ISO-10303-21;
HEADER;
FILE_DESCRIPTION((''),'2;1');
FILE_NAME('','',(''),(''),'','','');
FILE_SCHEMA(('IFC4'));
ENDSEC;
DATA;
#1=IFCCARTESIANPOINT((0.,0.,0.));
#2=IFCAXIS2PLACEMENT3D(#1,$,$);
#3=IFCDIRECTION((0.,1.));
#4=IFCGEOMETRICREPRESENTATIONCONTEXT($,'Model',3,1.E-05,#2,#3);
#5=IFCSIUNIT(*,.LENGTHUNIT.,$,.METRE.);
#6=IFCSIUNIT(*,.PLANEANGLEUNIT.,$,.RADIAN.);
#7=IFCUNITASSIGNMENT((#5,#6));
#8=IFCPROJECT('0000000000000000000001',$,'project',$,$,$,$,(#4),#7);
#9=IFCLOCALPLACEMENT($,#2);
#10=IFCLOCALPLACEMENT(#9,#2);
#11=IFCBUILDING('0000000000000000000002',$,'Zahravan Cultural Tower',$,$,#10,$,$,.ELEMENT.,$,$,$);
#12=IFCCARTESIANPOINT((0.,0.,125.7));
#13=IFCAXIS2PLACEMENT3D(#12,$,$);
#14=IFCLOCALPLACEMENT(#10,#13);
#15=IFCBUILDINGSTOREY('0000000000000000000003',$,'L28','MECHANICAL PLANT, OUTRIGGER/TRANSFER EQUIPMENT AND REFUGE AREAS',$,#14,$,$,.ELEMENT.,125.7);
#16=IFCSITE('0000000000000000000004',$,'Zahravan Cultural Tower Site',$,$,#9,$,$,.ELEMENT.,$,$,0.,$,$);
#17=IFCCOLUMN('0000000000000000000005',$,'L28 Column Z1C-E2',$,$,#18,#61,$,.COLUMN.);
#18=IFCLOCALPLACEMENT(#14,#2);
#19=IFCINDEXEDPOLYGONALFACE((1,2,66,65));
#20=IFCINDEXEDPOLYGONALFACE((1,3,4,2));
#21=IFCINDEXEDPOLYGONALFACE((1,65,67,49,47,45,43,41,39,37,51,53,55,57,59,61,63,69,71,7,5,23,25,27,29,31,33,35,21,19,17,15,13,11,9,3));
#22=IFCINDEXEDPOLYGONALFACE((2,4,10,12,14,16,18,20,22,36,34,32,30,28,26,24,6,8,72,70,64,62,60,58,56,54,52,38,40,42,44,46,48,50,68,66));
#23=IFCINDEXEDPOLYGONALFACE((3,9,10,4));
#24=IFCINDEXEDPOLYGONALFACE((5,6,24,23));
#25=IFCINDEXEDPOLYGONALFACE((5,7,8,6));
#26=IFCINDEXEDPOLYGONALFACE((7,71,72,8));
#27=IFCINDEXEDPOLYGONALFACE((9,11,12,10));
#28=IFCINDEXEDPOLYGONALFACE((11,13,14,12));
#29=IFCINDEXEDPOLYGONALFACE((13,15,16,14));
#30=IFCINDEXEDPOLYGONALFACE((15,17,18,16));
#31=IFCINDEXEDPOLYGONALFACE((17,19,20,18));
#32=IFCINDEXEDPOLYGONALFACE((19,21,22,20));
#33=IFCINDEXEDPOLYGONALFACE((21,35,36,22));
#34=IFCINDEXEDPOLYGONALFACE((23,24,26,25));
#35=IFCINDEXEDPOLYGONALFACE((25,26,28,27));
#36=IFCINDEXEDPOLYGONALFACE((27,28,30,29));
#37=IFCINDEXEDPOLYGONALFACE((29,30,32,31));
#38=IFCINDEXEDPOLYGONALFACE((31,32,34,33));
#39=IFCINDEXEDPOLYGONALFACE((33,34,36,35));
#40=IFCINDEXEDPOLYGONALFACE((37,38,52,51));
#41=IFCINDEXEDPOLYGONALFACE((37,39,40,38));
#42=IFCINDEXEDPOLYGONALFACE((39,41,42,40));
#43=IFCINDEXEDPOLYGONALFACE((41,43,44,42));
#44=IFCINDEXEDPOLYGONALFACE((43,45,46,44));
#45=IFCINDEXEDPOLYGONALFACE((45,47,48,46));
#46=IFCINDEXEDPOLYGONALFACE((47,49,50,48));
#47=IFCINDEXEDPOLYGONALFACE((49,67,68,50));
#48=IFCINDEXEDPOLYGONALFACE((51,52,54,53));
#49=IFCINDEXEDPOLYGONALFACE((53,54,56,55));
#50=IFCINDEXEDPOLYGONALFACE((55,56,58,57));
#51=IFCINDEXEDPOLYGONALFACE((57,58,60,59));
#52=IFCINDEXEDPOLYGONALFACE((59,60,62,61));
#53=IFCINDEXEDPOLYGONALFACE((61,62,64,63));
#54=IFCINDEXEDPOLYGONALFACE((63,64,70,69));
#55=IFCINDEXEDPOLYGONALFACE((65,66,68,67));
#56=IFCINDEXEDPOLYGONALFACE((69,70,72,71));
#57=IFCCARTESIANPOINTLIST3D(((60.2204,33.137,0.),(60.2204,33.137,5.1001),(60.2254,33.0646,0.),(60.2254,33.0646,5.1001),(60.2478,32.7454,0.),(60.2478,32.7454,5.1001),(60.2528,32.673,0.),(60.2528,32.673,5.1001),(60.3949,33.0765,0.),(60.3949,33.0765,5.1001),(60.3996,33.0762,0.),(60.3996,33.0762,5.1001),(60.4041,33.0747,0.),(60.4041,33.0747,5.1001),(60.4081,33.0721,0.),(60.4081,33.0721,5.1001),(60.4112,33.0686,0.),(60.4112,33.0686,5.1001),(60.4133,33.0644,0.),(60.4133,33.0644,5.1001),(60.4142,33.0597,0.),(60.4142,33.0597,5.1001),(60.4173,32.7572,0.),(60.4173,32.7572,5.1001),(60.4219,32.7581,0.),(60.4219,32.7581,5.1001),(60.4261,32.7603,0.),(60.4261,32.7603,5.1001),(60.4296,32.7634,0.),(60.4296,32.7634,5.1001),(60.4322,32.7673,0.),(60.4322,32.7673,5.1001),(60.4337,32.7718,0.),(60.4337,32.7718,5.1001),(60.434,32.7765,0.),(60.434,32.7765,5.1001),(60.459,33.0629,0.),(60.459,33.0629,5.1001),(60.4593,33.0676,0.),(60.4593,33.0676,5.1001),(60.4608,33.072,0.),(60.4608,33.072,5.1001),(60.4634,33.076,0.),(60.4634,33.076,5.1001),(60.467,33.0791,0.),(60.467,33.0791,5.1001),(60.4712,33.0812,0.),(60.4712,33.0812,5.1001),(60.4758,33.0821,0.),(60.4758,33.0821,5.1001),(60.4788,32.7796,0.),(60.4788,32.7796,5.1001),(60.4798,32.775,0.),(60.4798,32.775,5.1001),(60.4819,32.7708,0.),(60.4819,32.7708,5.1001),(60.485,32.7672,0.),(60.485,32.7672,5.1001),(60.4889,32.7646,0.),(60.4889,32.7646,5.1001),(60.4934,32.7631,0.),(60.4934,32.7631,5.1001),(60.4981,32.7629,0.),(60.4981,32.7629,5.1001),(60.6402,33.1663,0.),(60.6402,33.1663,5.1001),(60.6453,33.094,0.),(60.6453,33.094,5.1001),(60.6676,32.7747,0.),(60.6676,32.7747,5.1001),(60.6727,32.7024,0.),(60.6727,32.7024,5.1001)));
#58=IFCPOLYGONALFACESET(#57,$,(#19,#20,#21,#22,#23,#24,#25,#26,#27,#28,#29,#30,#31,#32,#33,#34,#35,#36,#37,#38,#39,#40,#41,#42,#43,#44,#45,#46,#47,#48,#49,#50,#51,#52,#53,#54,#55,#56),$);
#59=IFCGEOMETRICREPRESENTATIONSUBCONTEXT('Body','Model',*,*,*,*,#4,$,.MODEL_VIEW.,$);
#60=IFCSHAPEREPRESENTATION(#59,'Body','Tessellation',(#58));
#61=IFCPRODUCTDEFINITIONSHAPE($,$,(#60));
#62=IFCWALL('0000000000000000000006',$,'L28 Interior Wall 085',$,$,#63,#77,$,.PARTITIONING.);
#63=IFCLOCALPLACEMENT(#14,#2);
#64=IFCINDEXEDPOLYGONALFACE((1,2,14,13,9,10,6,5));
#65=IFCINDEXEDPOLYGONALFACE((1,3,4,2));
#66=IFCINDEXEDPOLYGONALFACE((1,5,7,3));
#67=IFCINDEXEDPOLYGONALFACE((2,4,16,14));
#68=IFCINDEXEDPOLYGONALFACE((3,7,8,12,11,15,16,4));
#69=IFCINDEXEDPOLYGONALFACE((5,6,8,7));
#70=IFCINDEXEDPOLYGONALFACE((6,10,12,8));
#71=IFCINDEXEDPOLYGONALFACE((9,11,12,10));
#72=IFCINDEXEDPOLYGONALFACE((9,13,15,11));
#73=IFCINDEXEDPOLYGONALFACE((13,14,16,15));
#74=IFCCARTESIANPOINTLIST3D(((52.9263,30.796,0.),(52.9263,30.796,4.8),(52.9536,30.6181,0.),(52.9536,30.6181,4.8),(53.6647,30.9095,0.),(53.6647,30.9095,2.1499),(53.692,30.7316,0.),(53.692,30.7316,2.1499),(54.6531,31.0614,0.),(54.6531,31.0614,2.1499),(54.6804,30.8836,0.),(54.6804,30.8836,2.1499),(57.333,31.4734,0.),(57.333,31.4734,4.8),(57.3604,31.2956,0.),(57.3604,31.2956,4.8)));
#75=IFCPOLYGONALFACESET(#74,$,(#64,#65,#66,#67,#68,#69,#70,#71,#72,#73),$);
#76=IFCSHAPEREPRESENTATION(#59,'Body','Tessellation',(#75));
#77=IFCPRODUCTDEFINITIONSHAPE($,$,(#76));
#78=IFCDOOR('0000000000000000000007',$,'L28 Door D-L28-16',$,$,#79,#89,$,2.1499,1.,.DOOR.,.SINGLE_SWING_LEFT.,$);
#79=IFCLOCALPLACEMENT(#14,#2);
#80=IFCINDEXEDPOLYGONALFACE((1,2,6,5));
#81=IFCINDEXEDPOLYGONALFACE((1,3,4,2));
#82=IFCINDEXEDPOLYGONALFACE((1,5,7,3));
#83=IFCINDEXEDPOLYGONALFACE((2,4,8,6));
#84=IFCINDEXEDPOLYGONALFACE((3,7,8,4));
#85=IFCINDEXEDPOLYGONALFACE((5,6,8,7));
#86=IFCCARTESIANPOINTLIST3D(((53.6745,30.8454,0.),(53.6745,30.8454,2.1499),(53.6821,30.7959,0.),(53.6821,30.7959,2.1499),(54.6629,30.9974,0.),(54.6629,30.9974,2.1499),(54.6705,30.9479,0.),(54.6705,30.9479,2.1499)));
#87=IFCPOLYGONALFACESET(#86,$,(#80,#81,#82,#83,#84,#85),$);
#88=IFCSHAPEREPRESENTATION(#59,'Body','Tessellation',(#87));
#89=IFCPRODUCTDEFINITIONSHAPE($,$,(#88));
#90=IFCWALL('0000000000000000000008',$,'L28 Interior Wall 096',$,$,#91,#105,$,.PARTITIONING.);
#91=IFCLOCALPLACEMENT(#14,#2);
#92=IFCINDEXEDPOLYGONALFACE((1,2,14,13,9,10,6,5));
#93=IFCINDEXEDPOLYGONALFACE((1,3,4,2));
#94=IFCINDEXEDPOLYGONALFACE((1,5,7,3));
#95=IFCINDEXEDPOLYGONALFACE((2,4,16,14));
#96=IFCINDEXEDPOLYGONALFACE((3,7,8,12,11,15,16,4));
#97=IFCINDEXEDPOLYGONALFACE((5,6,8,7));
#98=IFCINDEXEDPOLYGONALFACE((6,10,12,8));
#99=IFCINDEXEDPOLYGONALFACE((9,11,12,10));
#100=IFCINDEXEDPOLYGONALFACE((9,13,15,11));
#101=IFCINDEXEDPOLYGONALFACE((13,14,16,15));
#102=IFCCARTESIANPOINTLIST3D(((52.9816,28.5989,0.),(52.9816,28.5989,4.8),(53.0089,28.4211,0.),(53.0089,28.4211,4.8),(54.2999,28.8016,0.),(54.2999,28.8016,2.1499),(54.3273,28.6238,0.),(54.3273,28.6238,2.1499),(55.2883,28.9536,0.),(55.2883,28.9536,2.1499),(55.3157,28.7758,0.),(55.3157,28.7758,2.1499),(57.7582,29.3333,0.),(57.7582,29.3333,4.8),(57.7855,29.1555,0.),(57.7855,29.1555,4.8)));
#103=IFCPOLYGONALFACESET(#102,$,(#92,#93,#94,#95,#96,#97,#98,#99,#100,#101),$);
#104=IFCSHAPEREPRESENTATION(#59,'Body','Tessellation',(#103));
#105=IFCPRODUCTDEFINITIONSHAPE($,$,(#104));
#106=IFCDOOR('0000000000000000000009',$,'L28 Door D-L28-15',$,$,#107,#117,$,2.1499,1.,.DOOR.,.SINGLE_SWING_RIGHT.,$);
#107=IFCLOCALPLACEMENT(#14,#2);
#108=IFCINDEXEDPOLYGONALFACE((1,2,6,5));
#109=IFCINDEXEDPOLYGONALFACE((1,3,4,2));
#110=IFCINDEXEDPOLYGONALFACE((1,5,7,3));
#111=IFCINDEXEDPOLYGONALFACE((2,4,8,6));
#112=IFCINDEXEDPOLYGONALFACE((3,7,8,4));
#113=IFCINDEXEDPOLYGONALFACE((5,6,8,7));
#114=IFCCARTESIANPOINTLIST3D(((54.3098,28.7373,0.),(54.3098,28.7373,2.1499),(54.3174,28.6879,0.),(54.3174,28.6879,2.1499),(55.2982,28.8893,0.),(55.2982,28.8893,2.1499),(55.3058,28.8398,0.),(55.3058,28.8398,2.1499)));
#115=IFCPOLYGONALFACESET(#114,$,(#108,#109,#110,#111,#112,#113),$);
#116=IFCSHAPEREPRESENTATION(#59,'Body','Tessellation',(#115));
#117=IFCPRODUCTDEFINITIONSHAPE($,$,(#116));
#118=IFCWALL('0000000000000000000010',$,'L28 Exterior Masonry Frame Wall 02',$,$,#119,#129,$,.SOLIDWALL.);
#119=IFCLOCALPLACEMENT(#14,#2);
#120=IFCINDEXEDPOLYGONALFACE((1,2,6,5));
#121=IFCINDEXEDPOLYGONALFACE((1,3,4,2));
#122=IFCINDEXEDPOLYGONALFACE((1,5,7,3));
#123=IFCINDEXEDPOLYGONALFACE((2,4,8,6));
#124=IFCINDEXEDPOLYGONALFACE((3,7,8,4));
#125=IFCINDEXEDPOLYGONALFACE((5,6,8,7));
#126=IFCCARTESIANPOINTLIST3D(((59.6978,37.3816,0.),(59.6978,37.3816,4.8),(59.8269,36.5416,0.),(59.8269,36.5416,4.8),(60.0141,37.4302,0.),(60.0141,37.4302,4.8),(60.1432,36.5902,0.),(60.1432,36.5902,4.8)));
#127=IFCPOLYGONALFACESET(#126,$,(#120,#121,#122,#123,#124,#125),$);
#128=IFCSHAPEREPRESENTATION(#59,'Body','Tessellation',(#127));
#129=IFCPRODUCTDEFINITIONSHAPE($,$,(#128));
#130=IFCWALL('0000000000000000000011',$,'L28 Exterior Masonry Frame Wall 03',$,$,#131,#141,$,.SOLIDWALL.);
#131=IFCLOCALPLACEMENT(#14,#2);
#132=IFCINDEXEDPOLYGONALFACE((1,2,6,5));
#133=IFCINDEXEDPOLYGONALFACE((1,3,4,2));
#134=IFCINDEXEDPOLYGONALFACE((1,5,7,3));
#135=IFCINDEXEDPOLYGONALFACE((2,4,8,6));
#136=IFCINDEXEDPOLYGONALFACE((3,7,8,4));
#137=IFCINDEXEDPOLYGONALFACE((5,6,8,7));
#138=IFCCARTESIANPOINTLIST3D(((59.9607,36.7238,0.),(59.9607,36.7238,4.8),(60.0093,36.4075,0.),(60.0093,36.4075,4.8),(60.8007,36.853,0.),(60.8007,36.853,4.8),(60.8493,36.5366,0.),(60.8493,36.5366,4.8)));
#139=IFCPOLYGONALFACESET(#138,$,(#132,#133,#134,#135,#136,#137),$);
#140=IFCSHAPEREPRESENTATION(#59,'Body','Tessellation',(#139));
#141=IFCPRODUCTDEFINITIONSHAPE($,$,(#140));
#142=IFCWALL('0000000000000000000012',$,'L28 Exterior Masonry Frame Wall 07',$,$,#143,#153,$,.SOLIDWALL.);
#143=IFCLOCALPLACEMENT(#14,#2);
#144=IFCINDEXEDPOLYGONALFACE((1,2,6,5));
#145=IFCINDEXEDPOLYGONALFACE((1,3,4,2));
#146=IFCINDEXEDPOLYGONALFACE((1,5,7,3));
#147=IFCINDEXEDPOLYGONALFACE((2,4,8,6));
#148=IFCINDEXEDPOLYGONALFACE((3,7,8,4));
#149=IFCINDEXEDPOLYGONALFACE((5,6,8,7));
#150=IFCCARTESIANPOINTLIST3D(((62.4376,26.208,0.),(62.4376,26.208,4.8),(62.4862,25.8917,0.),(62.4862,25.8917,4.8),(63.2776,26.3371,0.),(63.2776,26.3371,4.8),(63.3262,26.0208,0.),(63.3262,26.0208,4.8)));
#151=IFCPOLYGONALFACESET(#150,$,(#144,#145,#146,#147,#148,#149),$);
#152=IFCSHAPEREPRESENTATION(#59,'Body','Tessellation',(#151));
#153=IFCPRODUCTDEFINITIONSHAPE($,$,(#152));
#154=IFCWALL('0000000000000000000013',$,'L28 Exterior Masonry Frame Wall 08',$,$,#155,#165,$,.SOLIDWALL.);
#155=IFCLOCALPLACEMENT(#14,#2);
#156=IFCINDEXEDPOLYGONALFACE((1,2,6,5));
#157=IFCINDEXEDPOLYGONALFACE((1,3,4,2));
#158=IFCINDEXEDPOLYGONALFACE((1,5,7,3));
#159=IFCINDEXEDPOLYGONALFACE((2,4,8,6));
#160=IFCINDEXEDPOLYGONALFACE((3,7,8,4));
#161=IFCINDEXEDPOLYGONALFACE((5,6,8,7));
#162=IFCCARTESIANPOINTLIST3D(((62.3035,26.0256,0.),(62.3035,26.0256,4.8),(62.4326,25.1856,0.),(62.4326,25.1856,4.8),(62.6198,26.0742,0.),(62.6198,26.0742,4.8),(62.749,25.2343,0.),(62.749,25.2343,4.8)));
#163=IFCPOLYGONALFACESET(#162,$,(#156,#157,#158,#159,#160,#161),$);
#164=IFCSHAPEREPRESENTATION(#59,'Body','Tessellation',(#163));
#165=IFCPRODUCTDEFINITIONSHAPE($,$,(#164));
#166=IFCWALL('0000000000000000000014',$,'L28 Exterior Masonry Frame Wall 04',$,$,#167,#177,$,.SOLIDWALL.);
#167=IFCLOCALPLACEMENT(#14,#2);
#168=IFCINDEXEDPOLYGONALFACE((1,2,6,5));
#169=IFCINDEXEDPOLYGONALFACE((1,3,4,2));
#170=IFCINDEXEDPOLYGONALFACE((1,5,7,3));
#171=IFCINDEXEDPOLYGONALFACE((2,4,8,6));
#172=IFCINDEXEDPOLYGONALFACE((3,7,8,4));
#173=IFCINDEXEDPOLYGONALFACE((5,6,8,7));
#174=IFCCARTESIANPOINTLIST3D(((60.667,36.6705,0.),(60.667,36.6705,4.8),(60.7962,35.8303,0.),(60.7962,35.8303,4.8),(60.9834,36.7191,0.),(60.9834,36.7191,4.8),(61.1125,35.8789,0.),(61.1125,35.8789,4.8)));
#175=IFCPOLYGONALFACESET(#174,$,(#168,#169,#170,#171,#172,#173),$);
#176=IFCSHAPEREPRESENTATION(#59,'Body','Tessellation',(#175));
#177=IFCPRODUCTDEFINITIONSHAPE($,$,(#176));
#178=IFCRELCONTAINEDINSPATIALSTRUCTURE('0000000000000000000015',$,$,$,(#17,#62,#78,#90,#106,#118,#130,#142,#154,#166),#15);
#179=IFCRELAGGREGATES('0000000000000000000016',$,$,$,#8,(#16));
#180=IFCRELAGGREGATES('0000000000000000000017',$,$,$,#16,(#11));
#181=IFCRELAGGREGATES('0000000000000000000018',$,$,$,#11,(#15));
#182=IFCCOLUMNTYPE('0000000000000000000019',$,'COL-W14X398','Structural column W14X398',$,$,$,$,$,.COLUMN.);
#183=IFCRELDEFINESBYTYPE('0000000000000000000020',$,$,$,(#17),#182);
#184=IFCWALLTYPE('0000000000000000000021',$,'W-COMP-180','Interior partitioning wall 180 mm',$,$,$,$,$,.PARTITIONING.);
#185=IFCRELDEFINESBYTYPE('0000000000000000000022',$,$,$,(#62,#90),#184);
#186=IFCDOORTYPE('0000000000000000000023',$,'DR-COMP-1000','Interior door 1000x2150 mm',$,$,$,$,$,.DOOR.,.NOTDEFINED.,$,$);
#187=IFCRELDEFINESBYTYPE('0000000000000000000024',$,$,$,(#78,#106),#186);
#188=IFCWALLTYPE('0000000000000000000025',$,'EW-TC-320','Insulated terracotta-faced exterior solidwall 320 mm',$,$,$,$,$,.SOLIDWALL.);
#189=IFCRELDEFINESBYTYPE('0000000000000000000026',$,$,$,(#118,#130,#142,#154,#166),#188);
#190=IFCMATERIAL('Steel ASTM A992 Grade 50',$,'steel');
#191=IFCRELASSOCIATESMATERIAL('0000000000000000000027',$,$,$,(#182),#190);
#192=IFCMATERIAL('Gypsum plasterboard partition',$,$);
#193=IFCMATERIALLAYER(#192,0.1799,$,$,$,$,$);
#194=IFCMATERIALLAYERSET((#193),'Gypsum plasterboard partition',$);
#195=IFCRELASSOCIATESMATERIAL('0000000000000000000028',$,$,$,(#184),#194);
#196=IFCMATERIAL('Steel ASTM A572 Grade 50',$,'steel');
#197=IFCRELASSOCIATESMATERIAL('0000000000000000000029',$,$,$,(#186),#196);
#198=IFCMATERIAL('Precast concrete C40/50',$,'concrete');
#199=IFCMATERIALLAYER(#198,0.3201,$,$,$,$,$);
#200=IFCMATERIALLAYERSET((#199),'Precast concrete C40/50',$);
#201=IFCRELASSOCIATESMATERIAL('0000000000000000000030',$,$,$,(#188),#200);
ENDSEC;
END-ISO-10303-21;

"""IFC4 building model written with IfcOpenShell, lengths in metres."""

from ifc_helpers import new_model, si_unit, direction, frame, frame_2d, origin, origin_2d, place, context, subcontext, project, spatial, rectangle, i_section, extrude, source, transform, mapped, material, layer, layer_set, material_profile, profile_set, type_object, element, fill, save


model = new_model("IFC4")

# Units and contexts
model_context = context("Model", 3, precision=1e-05, world=origin(), true_north=direction((0.0, 1.0)))
body_context = subcontext(model_context, "Body", "Model", "MODEL_VIEW")
ifc_project = project(units=[si_unit("LENGTHUNIT", "METRE"), si_unit("PLANEANGLEUNIT", "RADIAN")], contexts=[model_context])

# Site, building, storey
site_placement = place(None, origin())
site = spatial("IfcSite", under=ifc_project, at=site_placement, Name="Zahravan Cultural Tower Site", CompositionType="ELEMENT", RefElevation=0.0)
building_placement = place(site_placement, origin())
building = spatial("IfcBuilding", under=site, at=building_placement, Name="Zahravan Cultural Tower", CompositionType="ELEMENT")
storey_placement = place(building_placement, frame((0.0, 0.0, 125.7)))
storey = spatial("IfcBuildingStorey", under=building, at=storey_placement, Name="L28", Description="MECHANICAL PLANT, OUTRIGGER/TRANSFER EQUIPMENT AND REFUGE AREAS", CompositionType="ELEMENT", Elevation=125.7)

# Column
ifc_material_1 = material(Name="Steel ASTM A992 Grade 50", Category="steel")
ifc_material_profile = material_profile(ifc_material_1, i_section(OverallWidth=0.4209, OverallDepth=0.4651, WebThickness=0.0449, FlangeThickness=0.0725, FilletRadius=0.0181, at=origin_2d()), Name="W14X398")
ifc_profile_set = profile_set([ifc_material_profile], Name="Steel ASTM A992 Grade 50")
column_type = type_object("IfcColumnType", Name="COL-W14X398", Description="Structural column W14X398", PredefinedType="COLUMN", material=ifc_profile_set)
shared_shape_1 = source(origin(), body_context, "Body", "SweptSolid", [
    extrude(i_section(OverallWidth=0.4209, OverallDepth=0.4651, WebThickness=0.0449, FlangeThickness=0.0725, FilletRadius=0.0181, at=origin_2d()), origin(), (0.0, 0.0, 1.0), 5.1001),
])
column_placement = place(storey_placement, frame((60.4465, 32.9197, 0.0), z_axis=(0.0, 0.0, 1.0), x_axis=(0.997564, 0.069756, 0.0)))
element("IfcColumn", 1, at=column_placement, inside=storey, type_object=column_type, Name="L28 Column Z1C-E2", PredefinedType="COLUMN", context=body_context, shape_type="MappedRepresentation", body=[
    mapped(shared_shape_1, transform((0.0, 0.0, 0.0), x_axis=(1.0, 0.0, 0.0), y_axis=(0.0, 1.0, 0.0), z_axis=(0.0, 0.0, 1.0), scale=1.0)),
])

# Walls, openings, doors
ifc_material_2 = material(Name="Gypsum plasterboard partition")
ifc_layer_1 = layer(ifc_material_2, 0.1799)
ifc_layer_set_1 = layer_set([ifc_layer_1], Name="Gypsum plasterboard partition")
wall_type_1 = type_object("IfcWallType", Name="W-COMP-180", Description="Interior partitioning wall 180 mm", PredefinedType="PARTITIONING", material=ifc_layer_set_1)
wall_1_placement = place(storey_placement, frame((57.3467, 31.3845, 0.0), z_axis=(0.0, 0.0, 1.0), x_axis=(-0.988388, -0.151954, 0.0)))
wall_1 = element("IfcWall", 2, at=wall_1_placement, inside=storey, type_object=wall_type_1, Name="L28 Interior Wall 085", PredefinedType="PARTITIONING", context=body_context, shape_type="SweptSolid", body=[
    extrude(rectangle(XDim=4.4585, YDim=0.1799, at=frame_2d((2.2292, 0.0))), origin(), (0.0, 0.0, 1.0), 4.8),
])
opening_1_placement = place(wall_1_placement, frame((2.7114, 0.0, 0.0)))
opening_1 = element("IfcOpeningElement", 3, at=opening_1_placement, cuts=wall_1, PredefinedType="OPENING", context=body_context, shape_type="SweptSolid", body=[
    extrude(rectangle(XDim=1.0, YDim=2.1499, at=frame_2d((0.5, 1.075))), frame((0.0, 0.0999, 0.0), z_axis=(0.0, -1.0, 0.0), x_axis=(1.0, 0.0, 0.0)), (0.0, 0.0, 1.0), 0.2),
])
ifc_material_3 = material(Name="Steel ASTM A572 Grade 50", Category="steel")
door_type = type_object("IfcDoorType", Name="DR-COMP-1000", Description="Interior door 1000x2150 mm", OperationType="NOTDEFINED", PredefinedType="DOOR", material=ifc_material_3)
shared_shape_2 = source(origin(), body_context, "Body", "SweptSolid", [
    extrude(rectangle(XDim=1.0, YDim=2.1499, at=frame_2d((0.5, 1.075))), frame((0.0, 0.0249, 0.0), z_axis=(0.0, -1.0, 0.0), x_axis=(1.0, 0.0, 0.0)), (0.0, 0.0, 1.0), 0.05),
])
door_1_placement = place(opening_1_placement, origin())
door_1 = element("IfcDoor", 4, at=door_1_placement, inside=storey, type_object=door_type, Name="L28 Door D-L28-16", OperationType="SINGLE_SWING_LEFT", OverallHeight=2.1499, OverallWidth=1.0, PredefinedType="DOOR", context=body_context, shape_type="MappedRepresentation", body=[
    mapped(shared_shape_2, transform((0.0, 0.0, 0.0), x_axis=(1.0, 0.0, 0.0), y_axis=(0.0, 1.0, 0.0), z_axis=(0.0, 0.0, 1.0), scale=1.0)),
])
fill(opening_1, door_1)
wall_2_placement = place(storey_placement, frame((52.9951, 28.51, 0.0), z_axis=(0.0, 0.0, 1.0), x_axis=(0.988387, 0.151958, 0.0)))
wall_2 = element("IfcWall", 5, at=wall_2_placement, inside=storey, type_object=wall_type_1, Name="L28 Interior Wall 096", PredefinedType="PARTITIONING", context=body_context, shape_type="SweptSolid", body=[
    extrude(rectangle(XDim=4.8328, YDim=0.1799, at=frame_2d((2.4165, 0.0))), origin(), (0.0, 0.0, 1.0), 4.8),
])
opening_2_placement = place(wall_2_placement, frame((1.334, 0.0, 0.0)))
opening_2 = element("IfcOpeningElement", 6, at=opening_2_placement, cuts=wall_2, PredefinedType="OPENING", context=body_context, shape_type="SweptSolid", body=[
    extrude(rectangle(XDim=1.0, YDim=2.1499, at=frame_2d((0.5, 1.075))), frame((0.0, 0.0999, 0.0), z_axis=(0.0, -1.0, 0.0), x_axis=(1.0, 0.0, 0.0)), (0.0, 0.0, 1.0), 0.2),
])
door_2_placement = place(opening_2_placement, origin())
door_2 = element("IfcDoor", 7, at=door_2_placement, inside=storey, type_object=door_type, Name="L28 Door D-L28-15", OperationType="SINGLE_SWING_RIGHT", OverallHeight=2.1499, OverallWidth=1.0, PredefinedType="DOOR", context=body_context, shape_type="MappedRepresentation", body=[
    mapped(shared_shape_2, transform((0.0, 0.0, 0.0), x_axis=(1.0, 0.0, 0.0), y_axis=(0.0, 1.0, 0.0), z_axis=(0.0, 0.0, 1.0), scale=1.0)),
])
fill(opening_2, door_2)

# Walls
ifc_material_4 = material(Name="Precast concrete C40/50", Category="concrete")
ifc_layer_2 = layer(ifc_material_4, 0.3201)
ifc_layer_set_2 = layer_set([ifc_layer_2], Name="Precast concrete C40/50")
wall_type_2 = type_object("IfcWallType", Name="EW-TC-320", Description="Insulated terracotta-faced exterior solidwall 320 mm", PredefinedType="SOLIDWALL", material=ifc_layer_set_2)
shared_shape_3 = source(origin(), body_context, "Body", "SweptSolid", [
    extrude(rectangle(XDim=0.8499, YDim=0.3201, at=frame_2d((0.4248, 0.0))), origin(), (0.0, 0.0, 1.0), 4.8),
])
for number, where, z_axis, x_axis, name in (
    (8, (59.856, 37.4058, 0.0), (0.0, 0.0, 1.0), (0.151949, -0.988388, 0.0), "L28 Exterior Masonry Frame Wall 02"),
    (9, (59.9851, 36.5657, 0.0), (0.0, 0.0, 1.0), (0.988388, 0.151949, 0.0), "L28 Exterior Masonry Frame Wall 03"),
    (10, (63.3018, 26.179, 0.0), (0.0, 0.0, 1.0), (-0.988388, -0.151949, 0.0), "L28 Exterior Masonry Frame Wall 07"),
    (11, (62.4617, 26.0498, 0.0), (0.0, 0.0, 1.0), (0.151949, -0.988388, 0.0), "L28 Exterior Masonry Frame Wall 08"),
):
    element("IfcWall", number, at=place(storey_placement, frame(where, z_axis=z_axis, x_axis=x_axis)), inside=storey, type_object=wall_type_2, Name=name, PredefinedType="SOLIDWALL", context=body_context, shape_type="MappedRepresentation", body=[
        mapped(shared_shape_3, transform((0.0, 0.0, 0.0), x_axis=(1.0, 0.0, 0.0), y_axis=(0.0, 1.0, 0.0), z_axis=(0.0, 0.0, 1.0), scale=1.0)),
    ])
shared_shape_4 = source(origin(), body_context, "Body", "SweptSolid", [
    extrude(rectangle(XDim=0.8501, YDim=0.3201, at=frame_2d((0.425, 0.0))), origin(), (0.0, 0.0, 1.0), 4.8),
])
for number, where, z_axis, x_axis, name in (
    (12, (60.8252, 36.6948, 0.0), (0.0, 0.0, 1.0), (0.151906, -0.988395, 0.0), "L28 Exterior Masonry Frame Wall 04"),
):
    element("IfcWall", number, at=place(storey_placement, frame(where, z_axis=z_axis, x_axis=x_axis)), inside=storey, type_object=wall_type_2, Name=name, PredefinedType="SOLIDWALL", context=body_context, shape_type="MappedRepresentation", body=[
        mapped(shared_shape_4, transform((0.0, 0.0, 0.0), x_axis=(1.0, 0.0, 0.0), y_axis=(0.0, 1.0, 0.0), z_axis=(0.0, 0.0, 1.0), scale=1.0)),
    ])

save(model, "model.ifc")
